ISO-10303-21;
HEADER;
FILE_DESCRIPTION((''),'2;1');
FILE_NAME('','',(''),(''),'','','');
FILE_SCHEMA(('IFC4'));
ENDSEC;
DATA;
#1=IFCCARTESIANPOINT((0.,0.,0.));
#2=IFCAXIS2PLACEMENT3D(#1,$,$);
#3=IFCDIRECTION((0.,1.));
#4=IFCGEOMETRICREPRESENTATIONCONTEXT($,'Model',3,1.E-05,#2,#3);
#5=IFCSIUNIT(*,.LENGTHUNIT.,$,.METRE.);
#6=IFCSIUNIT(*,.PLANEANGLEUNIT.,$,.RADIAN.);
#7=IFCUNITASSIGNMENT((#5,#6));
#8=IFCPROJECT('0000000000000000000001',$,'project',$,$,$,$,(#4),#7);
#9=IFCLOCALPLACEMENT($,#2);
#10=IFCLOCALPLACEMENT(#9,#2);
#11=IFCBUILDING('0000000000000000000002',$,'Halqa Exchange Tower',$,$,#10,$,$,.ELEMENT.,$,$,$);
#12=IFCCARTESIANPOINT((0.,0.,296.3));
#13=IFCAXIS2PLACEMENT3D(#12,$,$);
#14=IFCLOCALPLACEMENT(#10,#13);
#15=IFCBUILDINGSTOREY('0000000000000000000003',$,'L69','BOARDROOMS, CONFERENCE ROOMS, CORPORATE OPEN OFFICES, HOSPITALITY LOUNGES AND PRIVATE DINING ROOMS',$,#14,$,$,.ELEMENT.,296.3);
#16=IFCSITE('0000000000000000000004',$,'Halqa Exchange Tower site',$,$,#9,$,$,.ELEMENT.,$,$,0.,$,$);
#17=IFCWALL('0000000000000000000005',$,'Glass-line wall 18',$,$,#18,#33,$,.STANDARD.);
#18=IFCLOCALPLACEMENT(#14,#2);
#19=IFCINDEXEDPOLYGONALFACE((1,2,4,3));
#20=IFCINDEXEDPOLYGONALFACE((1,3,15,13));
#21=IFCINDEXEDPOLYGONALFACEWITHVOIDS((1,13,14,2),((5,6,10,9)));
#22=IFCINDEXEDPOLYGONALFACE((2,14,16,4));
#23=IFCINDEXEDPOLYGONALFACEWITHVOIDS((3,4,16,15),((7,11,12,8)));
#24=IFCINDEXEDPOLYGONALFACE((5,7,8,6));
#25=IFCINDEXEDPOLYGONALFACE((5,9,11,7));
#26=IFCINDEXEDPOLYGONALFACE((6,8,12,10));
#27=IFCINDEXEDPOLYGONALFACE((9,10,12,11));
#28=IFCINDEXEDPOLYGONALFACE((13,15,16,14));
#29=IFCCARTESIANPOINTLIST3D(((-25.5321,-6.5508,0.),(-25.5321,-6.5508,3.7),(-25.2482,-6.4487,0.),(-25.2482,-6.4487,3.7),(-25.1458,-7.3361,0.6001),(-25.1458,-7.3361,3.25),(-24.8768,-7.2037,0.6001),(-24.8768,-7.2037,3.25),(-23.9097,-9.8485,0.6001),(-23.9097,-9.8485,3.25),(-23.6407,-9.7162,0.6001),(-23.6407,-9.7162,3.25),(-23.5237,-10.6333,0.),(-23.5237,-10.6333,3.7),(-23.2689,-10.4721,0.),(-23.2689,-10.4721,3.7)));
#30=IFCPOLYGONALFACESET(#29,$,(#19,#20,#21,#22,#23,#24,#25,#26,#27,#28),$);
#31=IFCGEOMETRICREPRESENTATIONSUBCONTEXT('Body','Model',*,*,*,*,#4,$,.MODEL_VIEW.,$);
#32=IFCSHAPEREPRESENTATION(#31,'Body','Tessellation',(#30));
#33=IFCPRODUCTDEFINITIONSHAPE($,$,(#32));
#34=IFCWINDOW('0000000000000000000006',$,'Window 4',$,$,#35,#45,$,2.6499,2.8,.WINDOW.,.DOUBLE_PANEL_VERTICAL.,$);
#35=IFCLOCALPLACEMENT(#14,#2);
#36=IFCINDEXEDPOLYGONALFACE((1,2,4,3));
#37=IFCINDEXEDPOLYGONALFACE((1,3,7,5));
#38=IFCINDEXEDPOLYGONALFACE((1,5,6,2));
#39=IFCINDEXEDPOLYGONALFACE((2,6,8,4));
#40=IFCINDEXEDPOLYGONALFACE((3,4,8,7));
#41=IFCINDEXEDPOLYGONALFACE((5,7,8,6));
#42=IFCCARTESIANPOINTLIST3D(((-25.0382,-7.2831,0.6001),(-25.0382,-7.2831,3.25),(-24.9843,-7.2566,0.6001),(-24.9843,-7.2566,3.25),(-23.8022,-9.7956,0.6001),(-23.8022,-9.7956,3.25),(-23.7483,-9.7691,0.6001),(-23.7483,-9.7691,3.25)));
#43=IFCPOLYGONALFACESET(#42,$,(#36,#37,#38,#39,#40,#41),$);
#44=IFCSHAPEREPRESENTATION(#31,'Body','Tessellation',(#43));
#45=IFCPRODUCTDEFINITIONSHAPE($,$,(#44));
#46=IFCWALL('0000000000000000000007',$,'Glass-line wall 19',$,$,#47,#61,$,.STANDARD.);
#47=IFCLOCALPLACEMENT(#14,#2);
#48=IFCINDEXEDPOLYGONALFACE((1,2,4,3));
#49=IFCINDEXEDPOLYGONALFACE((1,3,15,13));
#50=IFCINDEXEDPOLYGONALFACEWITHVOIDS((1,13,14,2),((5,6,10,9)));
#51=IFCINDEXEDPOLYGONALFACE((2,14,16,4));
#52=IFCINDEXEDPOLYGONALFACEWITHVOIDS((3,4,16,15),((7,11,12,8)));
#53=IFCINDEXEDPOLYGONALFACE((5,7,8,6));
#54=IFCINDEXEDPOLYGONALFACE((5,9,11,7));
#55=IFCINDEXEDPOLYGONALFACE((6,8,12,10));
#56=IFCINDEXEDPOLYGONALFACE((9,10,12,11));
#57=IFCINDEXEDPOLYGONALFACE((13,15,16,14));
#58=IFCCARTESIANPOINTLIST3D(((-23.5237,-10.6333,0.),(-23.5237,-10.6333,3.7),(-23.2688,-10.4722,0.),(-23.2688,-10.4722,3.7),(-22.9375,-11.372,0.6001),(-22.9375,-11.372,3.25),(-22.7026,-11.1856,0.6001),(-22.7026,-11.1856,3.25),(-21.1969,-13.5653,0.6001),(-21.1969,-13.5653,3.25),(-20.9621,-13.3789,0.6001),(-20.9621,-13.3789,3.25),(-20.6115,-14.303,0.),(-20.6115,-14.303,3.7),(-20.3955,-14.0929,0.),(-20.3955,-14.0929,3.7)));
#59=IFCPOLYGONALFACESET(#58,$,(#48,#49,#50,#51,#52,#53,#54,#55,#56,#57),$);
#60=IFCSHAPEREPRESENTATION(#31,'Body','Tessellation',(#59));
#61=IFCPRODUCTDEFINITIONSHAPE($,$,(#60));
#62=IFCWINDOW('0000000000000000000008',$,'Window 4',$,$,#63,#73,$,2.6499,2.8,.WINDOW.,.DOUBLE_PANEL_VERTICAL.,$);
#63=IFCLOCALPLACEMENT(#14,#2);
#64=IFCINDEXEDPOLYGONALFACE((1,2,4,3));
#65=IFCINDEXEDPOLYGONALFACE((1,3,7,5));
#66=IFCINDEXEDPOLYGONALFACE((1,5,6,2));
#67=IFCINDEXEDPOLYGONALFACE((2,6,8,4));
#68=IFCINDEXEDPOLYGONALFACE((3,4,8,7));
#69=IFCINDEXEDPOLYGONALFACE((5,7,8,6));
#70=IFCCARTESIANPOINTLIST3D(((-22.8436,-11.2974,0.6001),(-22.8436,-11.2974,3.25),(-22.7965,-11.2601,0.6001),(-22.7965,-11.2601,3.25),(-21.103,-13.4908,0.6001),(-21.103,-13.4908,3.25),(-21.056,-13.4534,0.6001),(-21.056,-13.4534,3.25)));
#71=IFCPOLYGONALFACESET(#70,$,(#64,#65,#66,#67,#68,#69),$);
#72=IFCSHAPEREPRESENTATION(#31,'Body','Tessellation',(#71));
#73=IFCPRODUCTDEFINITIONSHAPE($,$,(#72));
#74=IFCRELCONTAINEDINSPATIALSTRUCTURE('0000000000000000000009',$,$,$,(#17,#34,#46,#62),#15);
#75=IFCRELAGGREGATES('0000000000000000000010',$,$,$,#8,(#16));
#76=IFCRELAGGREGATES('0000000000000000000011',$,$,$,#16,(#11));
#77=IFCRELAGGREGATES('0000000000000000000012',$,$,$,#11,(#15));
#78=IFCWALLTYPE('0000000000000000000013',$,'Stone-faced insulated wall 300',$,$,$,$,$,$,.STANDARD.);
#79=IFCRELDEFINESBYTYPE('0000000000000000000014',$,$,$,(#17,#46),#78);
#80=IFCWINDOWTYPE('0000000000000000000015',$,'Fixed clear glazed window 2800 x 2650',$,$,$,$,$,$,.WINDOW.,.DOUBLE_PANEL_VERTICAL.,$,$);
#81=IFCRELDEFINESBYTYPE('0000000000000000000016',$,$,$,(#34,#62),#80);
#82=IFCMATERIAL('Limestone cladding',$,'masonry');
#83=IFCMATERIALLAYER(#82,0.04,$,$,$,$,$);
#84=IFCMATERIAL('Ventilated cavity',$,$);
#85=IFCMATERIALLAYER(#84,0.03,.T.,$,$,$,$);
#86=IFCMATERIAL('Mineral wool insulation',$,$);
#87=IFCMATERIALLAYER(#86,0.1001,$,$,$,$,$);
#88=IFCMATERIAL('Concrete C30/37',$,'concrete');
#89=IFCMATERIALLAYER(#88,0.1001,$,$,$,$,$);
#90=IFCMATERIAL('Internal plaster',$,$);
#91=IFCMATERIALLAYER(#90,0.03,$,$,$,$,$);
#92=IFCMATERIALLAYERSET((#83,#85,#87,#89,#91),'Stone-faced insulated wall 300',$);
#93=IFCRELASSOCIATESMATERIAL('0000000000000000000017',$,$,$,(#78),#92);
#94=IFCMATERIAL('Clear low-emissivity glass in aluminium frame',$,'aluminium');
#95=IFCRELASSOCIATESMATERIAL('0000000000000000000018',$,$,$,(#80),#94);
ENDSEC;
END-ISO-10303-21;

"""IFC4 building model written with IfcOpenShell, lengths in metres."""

from ifc_helpers import new_model, si_unit, direction, frame, frame_2d, origin, place, context, subcontext, project, spatial, polyline, rectangle, outline, extrude, material, layer, layer_set, type_object, element, fill, save


model = new_model("IFC4")

# Units and contexts
model_context = context("Model", 3, precision=1e-05, world=origin(), true_north=direction((0.0, 1.0)))
body_context = subcontext(model_context, "Body", "Model", "MODEL_VIEW")
ifc_project = project(units=[si_unit("LENGTHUNIT", "METRE"), si_unit("PLANEANGLEUNIT", "RADIAN")], contexts=[model_context])

# Site, building, storey
site_placement = place(None, origin())
site = spatial("IfcSite", under=ifc_project, at=site_placement, Name="Halqa Exchange Tower site", CompositionType="ELEMENT", RefElevation=0.0)
building_placement = place(site_placement, origin())
building = spatial("IfcBuilding", under=site, at=building_placement, Name="Halqa Exchange Tower", CompositionType="ELEMENT")
storey_placement = place(building_placement, frame((0.0, 0.0, 296.3)))
storey = spatial("IfcBuildingStorey", under=building, at=storey_placement, Name="L69", Description="BOARDROOMS, CONFERENCE ROOMS, CORPORATE OPEN OFFICES, HOSPITALITY LOUNGES AND PRIVATE DINING ROOMS", CompositionType="ELEMENT", Elevation=296.3)

# Walls, openings, windows
ifc_material_1 = material(Name="Limestone cladding", Category="masonry")
ifc_layer_1 = layer(ifc_material_1, 0.04)
ifc_material_2 = material(Name="Ventilated cavity")
ifc_layer_2 = layer(ifc_material_2, 0.03, ventilated=True)
ifc_material_3 = material(Name="Mineral wool insulation")
ifc_layer_3 = layer(ifc_material_3, 0.1001)
ifc_material_4 = material(Name="Concrete C30/37", Category="concrete")
ifc_layer_4 = layer(ifc_material_4, 0.1001)
ifc_material_5 = material(Name="Internal plaster")
ifc_layer_5 = layer(ifc_material_5, 0.03)
ifc_layer_set_1 = layer_set([ifc_layer_1, ifc_layer_2, ifc_layer_3, ifc_layer_4, ifc_layer_5], Name="Stone-faced insulated wall 300")
wall_type_1 = type_object("IfcWallType", Name="Stone-faced insulated wall 300", PredefinedType="STANDARD", material=ifc_layer_set_1)
ifc_material_6 = material(Name="Clear low-emissivity glass in aluminium frame", Category="aluminium")
window_type = type_object("IfcWindowType", Name="Fixed clear glazed window 2800 x 2650", PartitioningType="DOUBLE_PANEL_VERTICAL", PredefinedType="WINDOW", material=ifc_material_6)
wall_1_placement = place(storey_placement, frame((-25.3901, -6.4998, 0.0), z_axis=(0.0, 0.0, 1.0), x_axis=(0.441432, -0.897295, 0.0)))
wall_1 = element("IfcWall", 1, at=wall_1_placement, inside=storey, type_object=wall_type_1, Name="Glass-line wall 18", PredefinedType="STANDARD", context=body_context, shape_type="SweptSolid", body=[
    extrude(outline(polyline([(-0.0168, -0.1499), (4.533, -0.1499), (4.5007, 0.1499), (0.0168, 0.1499), (-0.0168, -0.1499)])), origin(), (0.0, 0.0, 1.0), 3.7),
])
opening_1_placement = place(wall_1_placement, frame((0.8584, 0.0, 0.6001)))
opening_1 = element("IfcOpeningElement", 2, at=opening_1_placement, cuts=wall_1, PredefinedType="OPENING", context=body_context, shape_type="SweptSolid", body=[
    extrude(rectangle(XDim=2.8, YDim=2.6499, at=frame_2d((1.3999, 1.325))), frame((0.0, 0.1621, 0.0), z_axis=(0.0, -1.0, 0.0), x_axis=(1.0, 0.0, 0.0)), (0.0, 0.0, 1.0), 0.324),
])
window_1_placement = place(opening_1_placement, origin())
window_1 = element("IfcWindow", 3, at=window_1_placement, inside=storey, type_object=window_type, Name="Window 4", OverallHeight=2.6499, OverallWidth=2.8, PartitioningType="DOUBLE_PANEL_VERTICAL", PredefinedType="WINDOW", context=body_context, shape_type="SweptSolid", body=[
    extrude(rectangle(XDim=2.8, YDim=2.6499, at=frame_2d((1.3999, 1.325))), frame((0.0, 0.03, 0.0), z_axis=(0.0, -1.0, 0.0), x_axis=(1.0, 0.0, 0.0)), (0.0, 0.0, 1.0), 0.0601),
])
fill(opening_1, window_1)
wall_2_placement = place(storey_placement, frame((-23.3962, -10.5527, 0.0), z_axis=(0.0, 0.0, 1.0), x_axis=(0.621626, -0.783314, 0.0)))
wall_2 = element("IfcWall", 4, at=wall_2_placement, inside=storey, type_object=wall_type_1, Name="Glass-line wall 19", PredefinedType="STANDARD", context=body_context, shape_type="SweptSolid", body=[
    extrude(outline(polyline([(-0.0161, -0.1499), (4.6687, -0.1499), (4.6384, 0.1499), (0.0161, 0.1499), (-0.0161, -0.1499)])), origin(), (0.0, 0.0, 1.0), 3.7),
])
opening_2_placement = place(wall_2_placement, frame((0.927, 0.0, 0.6001)))
opening_2 = element("IfcOpeningElement", 5, at=opening_2_placement, cuts=wall_2, PredefinedType="OPENING", context=body_context, shape_type="SweptSolid", body=[
    extrude(rectangle(XDim=2.8, YDim=2.6499, at=frame_2d((1.3999, 1.325))), frame((0.0, 0.1621, 0.0), z_axis=(0.0, -1.0, 0.0), x_axis=(1.0, 0.0, 0.0)), (0.0, 0.0, 1.0), 0.324),
])
window_2_placement = place(opening_2_placement, origin())
window_2 = element("IfcWindow", 6, at=window_2_placement, inside=storey, type_object=window_type, Name="Window 4", OverallHeight=2.6499, OverallWidth=2.8, PartitioningType="DOUBLE_PANEL_VERTICAL", PredefinedType="WINDOW", context=body_context, shape_type="SweptSolid", body=[
    extrude(rectangle(XDim=2.8, YDim=2.6499, at=frame_2d((1.3999, 1.325))), frame((0.0, 0.03, 0.0), z_axis=(0.0, -1.0, 0.0), x_axis=(1.0, 0.0, 0.0)), (0.0, 0.0, 1.0), 0.0601),
])
fill(opening_2, window_2)

save(model, "model.ifc")
